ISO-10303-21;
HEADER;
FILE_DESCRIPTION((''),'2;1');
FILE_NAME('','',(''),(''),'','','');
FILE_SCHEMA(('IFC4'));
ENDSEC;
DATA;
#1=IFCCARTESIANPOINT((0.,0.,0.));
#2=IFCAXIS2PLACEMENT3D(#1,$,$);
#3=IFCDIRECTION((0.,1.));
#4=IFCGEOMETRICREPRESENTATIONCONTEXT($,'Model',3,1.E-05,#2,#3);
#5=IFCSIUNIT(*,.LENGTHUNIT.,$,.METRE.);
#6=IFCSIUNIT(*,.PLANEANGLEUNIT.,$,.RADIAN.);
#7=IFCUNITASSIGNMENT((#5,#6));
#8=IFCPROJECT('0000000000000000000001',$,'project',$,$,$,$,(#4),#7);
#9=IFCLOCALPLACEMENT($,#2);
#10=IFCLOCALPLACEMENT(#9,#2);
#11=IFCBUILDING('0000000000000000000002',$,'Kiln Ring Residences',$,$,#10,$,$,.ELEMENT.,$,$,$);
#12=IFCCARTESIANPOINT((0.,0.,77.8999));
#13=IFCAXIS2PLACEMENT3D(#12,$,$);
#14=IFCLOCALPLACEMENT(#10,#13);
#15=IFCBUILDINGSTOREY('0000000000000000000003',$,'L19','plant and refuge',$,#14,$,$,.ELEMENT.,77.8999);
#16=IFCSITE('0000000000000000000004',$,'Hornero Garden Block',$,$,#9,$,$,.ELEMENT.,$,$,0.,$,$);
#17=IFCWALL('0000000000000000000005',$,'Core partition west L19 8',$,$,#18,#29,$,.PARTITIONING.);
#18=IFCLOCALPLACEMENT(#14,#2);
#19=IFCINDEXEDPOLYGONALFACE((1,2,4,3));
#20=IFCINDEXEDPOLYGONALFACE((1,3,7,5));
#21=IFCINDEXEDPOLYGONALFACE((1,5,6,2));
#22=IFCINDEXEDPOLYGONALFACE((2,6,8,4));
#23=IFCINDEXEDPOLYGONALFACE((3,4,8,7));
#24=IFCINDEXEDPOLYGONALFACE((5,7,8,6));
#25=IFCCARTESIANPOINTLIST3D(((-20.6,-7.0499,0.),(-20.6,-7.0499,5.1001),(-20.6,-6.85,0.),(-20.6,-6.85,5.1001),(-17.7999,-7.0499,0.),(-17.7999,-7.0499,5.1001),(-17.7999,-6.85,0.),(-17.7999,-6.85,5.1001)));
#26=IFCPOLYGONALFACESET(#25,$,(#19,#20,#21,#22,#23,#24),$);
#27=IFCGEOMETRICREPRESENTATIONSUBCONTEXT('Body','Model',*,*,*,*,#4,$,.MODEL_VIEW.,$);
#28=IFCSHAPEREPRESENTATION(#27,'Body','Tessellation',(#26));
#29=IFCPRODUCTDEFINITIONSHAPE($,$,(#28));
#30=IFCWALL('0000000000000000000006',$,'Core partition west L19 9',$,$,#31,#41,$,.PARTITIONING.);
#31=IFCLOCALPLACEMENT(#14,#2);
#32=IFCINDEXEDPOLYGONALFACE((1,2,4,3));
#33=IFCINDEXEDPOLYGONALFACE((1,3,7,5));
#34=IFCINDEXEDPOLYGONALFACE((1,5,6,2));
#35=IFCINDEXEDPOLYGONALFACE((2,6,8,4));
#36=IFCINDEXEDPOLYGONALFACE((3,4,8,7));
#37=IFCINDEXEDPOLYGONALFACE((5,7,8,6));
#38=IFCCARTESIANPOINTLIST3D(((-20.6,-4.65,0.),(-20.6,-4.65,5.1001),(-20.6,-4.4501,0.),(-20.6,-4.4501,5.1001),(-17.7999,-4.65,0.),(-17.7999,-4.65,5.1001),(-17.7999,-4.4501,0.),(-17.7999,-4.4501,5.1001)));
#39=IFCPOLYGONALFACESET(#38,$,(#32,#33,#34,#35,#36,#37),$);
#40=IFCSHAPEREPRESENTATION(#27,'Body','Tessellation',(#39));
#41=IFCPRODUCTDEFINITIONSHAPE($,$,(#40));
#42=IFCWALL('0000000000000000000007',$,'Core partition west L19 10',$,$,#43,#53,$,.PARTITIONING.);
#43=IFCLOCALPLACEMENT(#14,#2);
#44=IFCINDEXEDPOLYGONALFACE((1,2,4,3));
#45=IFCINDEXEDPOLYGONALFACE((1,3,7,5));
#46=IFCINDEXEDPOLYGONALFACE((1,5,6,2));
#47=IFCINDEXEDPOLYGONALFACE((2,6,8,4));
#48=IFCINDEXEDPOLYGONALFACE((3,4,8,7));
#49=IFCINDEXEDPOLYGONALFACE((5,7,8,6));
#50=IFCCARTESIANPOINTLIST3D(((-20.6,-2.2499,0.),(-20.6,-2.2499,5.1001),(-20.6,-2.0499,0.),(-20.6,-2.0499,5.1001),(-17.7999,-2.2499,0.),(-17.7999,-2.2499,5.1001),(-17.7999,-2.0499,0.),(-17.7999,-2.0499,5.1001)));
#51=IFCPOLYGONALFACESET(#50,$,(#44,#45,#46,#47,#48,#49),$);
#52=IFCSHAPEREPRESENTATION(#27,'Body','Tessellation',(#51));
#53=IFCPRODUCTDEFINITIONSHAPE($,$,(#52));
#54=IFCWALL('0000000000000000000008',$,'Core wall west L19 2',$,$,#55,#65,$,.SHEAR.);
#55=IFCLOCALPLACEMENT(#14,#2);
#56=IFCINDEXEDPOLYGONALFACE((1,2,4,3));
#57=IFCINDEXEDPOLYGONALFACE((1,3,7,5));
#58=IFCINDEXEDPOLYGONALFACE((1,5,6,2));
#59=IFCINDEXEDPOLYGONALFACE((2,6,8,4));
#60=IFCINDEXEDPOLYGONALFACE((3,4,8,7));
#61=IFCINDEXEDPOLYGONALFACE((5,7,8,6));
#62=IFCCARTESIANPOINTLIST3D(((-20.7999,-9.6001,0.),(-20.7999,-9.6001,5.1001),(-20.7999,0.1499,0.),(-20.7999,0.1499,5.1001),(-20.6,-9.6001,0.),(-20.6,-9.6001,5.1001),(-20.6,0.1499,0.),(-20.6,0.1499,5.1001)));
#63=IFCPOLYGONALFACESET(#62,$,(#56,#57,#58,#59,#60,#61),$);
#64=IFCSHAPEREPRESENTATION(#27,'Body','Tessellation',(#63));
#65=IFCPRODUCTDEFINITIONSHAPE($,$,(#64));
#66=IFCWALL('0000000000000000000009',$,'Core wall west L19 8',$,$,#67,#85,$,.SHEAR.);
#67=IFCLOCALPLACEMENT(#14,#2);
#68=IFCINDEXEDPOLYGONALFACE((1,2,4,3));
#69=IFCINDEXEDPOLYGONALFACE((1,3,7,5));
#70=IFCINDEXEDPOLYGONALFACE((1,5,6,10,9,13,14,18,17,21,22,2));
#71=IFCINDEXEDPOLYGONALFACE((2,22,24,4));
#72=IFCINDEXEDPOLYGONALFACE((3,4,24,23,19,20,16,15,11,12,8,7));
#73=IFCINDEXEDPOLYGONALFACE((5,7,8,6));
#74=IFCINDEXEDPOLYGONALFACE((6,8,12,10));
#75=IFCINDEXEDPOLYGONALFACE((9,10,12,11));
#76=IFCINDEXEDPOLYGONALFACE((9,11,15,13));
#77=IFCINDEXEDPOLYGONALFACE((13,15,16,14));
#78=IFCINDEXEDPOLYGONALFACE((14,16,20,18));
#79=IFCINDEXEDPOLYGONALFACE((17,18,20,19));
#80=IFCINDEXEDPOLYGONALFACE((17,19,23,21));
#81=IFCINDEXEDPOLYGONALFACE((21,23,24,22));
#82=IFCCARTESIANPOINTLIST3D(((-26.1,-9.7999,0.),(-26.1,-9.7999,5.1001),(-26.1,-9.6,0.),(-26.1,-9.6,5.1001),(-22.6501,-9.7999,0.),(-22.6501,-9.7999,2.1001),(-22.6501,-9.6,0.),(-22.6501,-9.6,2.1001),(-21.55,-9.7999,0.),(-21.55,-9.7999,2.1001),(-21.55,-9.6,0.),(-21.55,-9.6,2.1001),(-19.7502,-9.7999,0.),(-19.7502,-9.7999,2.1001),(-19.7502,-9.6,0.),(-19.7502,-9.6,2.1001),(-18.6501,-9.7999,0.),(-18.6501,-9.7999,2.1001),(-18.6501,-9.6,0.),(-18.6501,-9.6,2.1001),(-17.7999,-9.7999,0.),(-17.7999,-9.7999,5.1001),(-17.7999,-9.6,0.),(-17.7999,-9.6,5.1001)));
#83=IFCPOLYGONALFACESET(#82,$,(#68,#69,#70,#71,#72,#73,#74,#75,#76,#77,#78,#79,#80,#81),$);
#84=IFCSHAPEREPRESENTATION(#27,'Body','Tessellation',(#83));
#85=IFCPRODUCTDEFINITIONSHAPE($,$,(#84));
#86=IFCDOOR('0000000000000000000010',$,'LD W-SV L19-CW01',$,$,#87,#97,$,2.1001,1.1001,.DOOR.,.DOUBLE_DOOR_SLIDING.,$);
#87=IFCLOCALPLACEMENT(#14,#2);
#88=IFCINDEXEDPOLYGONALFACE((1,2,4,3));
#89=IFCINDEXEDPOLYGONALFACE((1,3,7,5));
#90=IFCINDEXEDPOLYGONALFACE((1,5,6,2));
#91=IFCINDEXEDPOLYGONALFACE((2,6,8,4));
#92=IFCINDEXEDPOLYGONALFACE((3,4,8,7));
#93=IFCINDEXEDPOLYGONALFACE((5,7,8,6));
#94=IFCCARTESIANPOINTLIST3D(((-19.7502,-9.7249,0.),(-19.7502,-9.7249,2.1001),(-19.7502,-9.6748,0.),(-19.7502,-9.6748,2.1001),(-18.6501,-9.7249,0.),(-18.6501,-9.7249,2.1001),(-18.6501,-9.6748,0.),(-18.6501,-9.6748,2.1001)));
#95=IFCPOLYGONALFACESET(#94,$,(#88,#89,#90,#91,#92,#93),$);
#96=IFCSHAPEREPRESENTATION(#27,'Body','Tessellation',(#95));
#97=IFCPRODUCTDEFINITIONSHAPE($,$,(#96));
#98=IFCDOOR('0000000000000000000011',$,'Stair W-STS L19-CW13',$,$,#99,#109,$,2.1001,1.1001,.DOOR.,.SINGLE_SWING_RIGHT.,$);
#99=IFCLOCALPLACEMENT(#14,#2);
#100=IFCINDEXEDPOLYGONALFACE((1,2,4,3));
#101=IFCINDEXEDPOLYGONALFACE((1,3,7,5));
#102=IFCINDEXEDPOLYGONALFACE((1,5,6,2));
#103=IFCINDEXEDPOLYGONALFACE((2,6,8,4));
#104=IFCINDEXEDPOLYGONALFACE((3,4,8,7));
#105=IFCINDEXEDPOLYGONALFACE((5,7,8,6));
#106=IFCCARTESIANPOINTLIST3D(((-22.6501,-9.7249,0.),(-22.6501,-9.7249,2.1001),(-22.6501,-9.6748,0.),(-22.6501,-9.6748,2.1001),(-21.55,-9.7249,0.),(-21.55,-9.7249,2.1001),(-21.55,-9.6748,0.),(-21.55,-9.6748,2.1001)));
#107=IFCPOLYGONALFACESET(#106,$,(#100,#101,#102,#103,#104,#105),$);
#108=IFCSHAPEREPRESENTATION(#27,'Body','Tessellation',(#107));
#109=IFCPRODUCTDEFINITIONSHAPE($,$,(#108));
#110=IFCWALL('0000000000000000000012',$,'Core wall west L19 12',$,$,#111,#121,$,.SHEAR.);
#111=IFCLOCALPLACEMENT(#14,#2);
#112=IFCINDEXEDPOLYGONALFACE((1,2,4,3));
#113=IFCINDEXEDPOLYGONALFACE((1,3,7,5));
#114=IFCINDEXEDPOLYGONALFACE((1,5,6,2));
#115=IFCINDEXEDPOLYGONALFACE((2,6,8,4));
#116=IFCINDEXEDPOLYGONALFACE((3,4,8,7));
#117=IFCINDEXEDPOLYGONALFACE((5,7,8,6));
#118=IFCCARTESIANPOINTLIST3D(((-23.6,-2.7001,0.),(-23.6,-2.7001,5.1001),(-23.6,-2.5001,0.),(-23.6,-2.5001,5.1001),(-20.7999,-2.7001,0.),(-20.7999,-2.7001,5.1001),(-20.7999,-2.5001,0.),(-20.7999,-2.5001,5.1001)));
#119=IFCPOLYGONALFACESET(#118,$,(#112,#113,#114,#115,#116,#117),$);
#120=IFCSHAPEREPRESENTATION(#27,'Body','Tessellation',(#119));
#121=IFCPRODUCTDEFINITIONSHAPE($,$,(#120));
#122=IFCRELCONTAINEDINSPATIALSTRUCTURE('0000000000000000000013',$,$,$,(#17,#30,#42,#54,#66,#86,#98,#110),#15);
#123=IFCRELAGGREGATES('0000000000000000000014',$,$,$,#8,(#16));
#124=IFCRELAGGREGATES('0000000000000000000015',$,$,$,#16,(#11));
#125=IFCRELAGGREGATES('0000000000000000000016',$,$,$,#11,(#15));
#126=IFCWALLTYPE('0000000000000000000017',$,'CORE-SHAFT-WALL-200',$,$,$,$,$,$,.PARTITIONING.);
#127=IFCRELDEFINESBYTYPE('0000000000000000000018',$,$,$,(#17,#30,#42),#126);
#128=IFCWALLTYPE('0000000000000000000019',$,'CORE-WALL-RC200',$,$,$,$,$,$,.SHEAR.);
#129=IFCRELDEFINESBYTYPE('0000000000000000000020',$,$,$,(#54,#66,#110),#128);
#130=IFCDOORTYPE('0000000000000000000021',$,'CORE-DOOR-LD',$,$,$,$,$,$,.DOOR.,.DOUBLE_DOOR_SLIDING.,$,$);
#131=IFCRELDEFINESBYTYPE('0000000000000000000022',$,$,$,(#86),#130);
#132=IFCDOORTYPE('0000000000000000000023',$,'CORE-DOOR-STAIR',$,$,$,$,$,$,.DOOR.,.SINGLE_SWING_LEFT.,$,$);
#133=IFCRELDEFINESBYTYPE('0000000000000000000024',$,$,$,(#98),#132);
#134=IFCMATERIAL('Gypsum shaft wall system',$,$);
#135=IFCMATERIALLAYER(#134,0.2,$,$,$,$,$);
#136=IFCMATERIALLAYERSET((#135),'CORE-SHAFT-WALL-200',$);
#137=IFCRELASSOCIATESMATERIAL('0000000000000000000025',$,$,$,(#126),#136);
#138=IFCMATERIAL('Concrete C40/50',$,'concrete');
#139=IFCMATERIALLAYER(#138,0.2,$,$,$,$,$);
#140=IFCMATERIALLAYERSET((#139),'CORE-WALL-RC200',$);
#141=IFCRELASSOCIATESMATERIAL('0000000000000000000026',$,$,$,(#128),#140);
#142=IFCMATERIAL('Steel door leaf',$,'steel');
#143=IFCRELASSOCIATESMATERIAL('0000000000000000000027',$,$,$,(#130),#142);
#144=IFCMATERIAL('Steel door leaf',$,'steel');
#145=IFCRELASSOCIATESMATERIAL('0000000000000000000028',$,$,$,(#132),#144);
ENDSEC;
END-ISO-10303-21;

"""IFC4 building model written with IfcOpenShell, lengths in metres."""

from ifc_helpers import new_model, si_unit, direction, frame, frame_2d, origin, place, context, subcontext, project, spatial, rectangle, extrude, material, layer, layer_set, type_object, element, fill, save


model = new_model("IFC4")

# Units and contexts
model_context = context("Model", 3, precision=1e-05, world=origin(), true_north=direction((0.0, 1.0)))
body_context = subcontext(model_context, "Body", "Model", "MODEL_VIEW")
ifc_project = project(units=[si_unit("LENGTHUNIT", "METRE"), si_unit("PLANEANGLEUNIT", "RADIAN")], contexts=[model_context])

# Site, building, storey
site_placement = place(None, origin())
site = spatial("IfcSite", under=ifc_project, at=site_placement, Name="Hornero Garden Block", CompositionType="ELEMENT", RefElevation=0.0)
building_placement = place(site_placement, origin())
building = spatial("IfcBuilding", under=site, at=building_placement, Name="Kiln Ring Residences", CompositionType="ELEMENT")
storey_placement = place(building_placement, frame((0.0, 0.0, 77.8999)))
storey = spatial("IfcBuildingStorey", under=building, at=storey_placement, Name="L19", Description="plant and refuge", CompositionType="ELEMENT", Elevation=77.8999)

# Walls
ifc_material_1 = material(Name="Gypsum shaft wall system")
ifc_layer_1 = layer(ifc_material_1, 0.2)
ifc_layer_set_1 = layer_set([ifc_layer_1], Name="CORE-SHAFT-WALL-200")
wall_type_1 = type_object("IfcWallType", Name="CORE-SHAFT-WALL-200", PredefinedType="PARTITIONING", material=ifc_layer_set_1)
for number, where, z_axis, x_axis, name in (
    (1, (-17.8, -6.95, 0.0), (0.0, 0.0, 1.0), (-1.0, 0.0, 0.0), "Core partition west L19 8"),
    (2, (-17.8, -4.55, 0.0), (0.0, 0.0, 1.0), (-1.0, 0.0, 0.0), "Core partition west L19 9"),
    (3, (-17.8, -2.1499, 0.0), (0.0, 0.0, 1.0), (-1.0, 0.0, 0.0), "Core partition west L19 10"),
):
    element("IfcWall", number, at=place(storey_placement, frame(where, z_axis=z_axis, x_axis=x_axis)), inside=storey, type_object=wall_type_1, Name=name, PredefinedType="PARTITIONING", context=body_context, shape_type="SweptSolid", body=[
        extrude(rectangle(XDim=2.8, YDim=0.2, at=frame_2d((1.3999, 0.0))), origin(), (0.0, 0.0, 1.0), 5.1001),
    ])
ifc_material_2 = material(Name="Concrete C40/50", Category="concrete")
ifc_layer_2 = layer(ifc_material_2, 0.2)
ifc_layer_set_2 = layer_set([ifc_layer_2], Name="CORE-WALL-RC200")
wall_type_2 = type_object("IfcWallType", Name="CORE-WALL-RC200", PredefinedType="SHEAR", material=ifc_layer_set_2)
wall_1_placement = place(storey_placement, frame((-20.7, -9.6001, 0.0), z_axis=(0.0, 0.0, 1.0), x_axis=(0.0, 1.0, 0.0)))
element("IfcWall", 4, at=wall_1_placement, inside=storey, type_object=wall_type_2, Name="Core wall west L19 2", PredefinedType="SHEAR", context=body_context, shape_type="SweptSolid", body=[
    extrude(rectangle(XDim=9.75, YDim=0.2, at=frame_2d((4.875, 0.0))), origin(), (0.0, 0.0, 1.0), 5.1001),
])

# Wall, openings, doors
wall_2_placement = place(storey_placement, frame((-17.8, -9.7, 0.0), z_axis=(0.0, 0.0, 1.0), x_axis=(-1.0, 0.0, 0.0)))
wall_2 = element("IfcWall", 5, at=wall_2_placement, inside=storey, type_object=wall_type_2, Name="Core wall west L19 8", PredefinedType="SHEAR", context=body_context, shape_type="SweptSolid", body=[
    extrude(rectangle(XDim=8.3, YDim=0.2, at=frame_2d((4.1499, 0.0))), origin(), (0.0, 0.0, 1.0), 5.1001),
])
opening_1_placement = place(wall_2_placement, frame((0.8501, 0.0, 0.0)))
opening_1 = element("IfcOpeningElement", 6, at=opening_1_placement, cuts=wall_2, PredefinedType="OPENING", context=body_context, shape_type="SweptSolid", body=[
    extrude(rectangle(XDim=1.1001, YDim=2.1001, at=frame_2d((0.55, 1.05))), frame((0.0, 0.1099, 0.0), z_axis=(0.0, -1.0, 0.0), x_axis=(1.0, 0.0, 0.0)), (0.0, 0.0, 1.0), 0.22),
])
opening_2_placement = place(wall_2_placement, frame((3.75, 0.0, 0.0)))
opening_2 = element("IfcOpeningElement", 7, at=opening_2_placement, cuts=wall_2, PredefinedType="OPENING", context=body_context, shape_type="SweptSolid", body=[
    extrude(rectangle(XDim=1.1001, YDim=2.1001, at=frame_2d((0.55, 1.05))), frame((0.0, 0.1099, 0.0), z_axis=(0.0, -1.0, 0.0), x_axis=(1.0, 0.0, 0.0)), (0.0, 0.0, 1.0), 0.22),
])
ifc_material_3 = material(Name="Steel door leaf", Category="steel")
door_type_1 = type_object("IfcDoorType", Name="CORE-DOOR-LD", OperationType="DOUBLE_DOOR_SLIDING", PredefinedType="DOOR", material=ifc_material_3)
door_1_placement = place(opening_1_placement, origin())
door_1 = element("IfcDoor", 8, at=door_1_placement, inside=storey, type_object=door_type_1, Name="LD W-SV L19-CW01", OperationType="DOUBLE_DOOR_SLIDING", OverallHeight=2.1001, OverallWidth=1.1001, PredefinedType="DOOR", context=body_context, shape_type="SweptSolid", body=[
    extrude(rectangle(XDim=1.1001, YDim=2.1001, at=frame_2d((0.55, 1.05))), frame((0.0, 0.0249, 0.0), z_axis=(0.0, -1.0, 0.0), x_axis=(1.0, 0.0, 0.0)), (0.0, 0.0, 1.0), 0.05),
])
fill(opening_1, door_1)
ifc_material_4 = material(Name="Steel door leaf", Category="steel")
door_type_2 = type_object("IfcDoorType", Name="CORE-DOOR-STAIR", OperationType="SINGLE_SWING_LEFT", PredefinedType="DOOR", material=ifc_material_4)
door_2_placement = place(opening_2_placement, origin())
door_2 = element("IfcDoor", 9, at=door_2_placement, inside=storey, type_object=door_type_2, Name="Stair W-STS L19-CW13", OperationType="SINGLE_SWING_RIGHT", OverallHeight=2.1001, OverallWidth=1.1001, PredefinedType="DOOR", context=body_context, shape_type="SweptSolid", body=[
    extrude(rectangle(XDim=1.1001, YDim=2.1001, at=frame_2d((0.55, 1.05))), frame((0.0, 0.0249, 0.0), z_axis=(0.0, -1.0, 0.0), x_axis=(1.0, 0.0, 0.0)), (0.0, 0.0, 1.0), 0.05),
])
fill(opening_2, door_2)

# Wall
wall_3_placement = place(storey_placement, frame((-20.8, -2.6001, 0.0), z_axis=(0.0, 0.0, 1.0), x_axis=(-1.0, 0.0, 0.0)))
element("IfcWall", 10, at=wall_3_placement, inside=storey, type_object=wall_type_2, Name="Core wall west L19 12", PredefinedType="SHEAR", context=body_context, shape_type="SweptSolid", body=[
    extrude(rectangle(XDim=2.8, YDim=0.2, at=frame_2d((1.3999, 0.0))), origin(), (0.0, 0.0, 1.0), 5.1001),
])

save(model, "model.ifc")
